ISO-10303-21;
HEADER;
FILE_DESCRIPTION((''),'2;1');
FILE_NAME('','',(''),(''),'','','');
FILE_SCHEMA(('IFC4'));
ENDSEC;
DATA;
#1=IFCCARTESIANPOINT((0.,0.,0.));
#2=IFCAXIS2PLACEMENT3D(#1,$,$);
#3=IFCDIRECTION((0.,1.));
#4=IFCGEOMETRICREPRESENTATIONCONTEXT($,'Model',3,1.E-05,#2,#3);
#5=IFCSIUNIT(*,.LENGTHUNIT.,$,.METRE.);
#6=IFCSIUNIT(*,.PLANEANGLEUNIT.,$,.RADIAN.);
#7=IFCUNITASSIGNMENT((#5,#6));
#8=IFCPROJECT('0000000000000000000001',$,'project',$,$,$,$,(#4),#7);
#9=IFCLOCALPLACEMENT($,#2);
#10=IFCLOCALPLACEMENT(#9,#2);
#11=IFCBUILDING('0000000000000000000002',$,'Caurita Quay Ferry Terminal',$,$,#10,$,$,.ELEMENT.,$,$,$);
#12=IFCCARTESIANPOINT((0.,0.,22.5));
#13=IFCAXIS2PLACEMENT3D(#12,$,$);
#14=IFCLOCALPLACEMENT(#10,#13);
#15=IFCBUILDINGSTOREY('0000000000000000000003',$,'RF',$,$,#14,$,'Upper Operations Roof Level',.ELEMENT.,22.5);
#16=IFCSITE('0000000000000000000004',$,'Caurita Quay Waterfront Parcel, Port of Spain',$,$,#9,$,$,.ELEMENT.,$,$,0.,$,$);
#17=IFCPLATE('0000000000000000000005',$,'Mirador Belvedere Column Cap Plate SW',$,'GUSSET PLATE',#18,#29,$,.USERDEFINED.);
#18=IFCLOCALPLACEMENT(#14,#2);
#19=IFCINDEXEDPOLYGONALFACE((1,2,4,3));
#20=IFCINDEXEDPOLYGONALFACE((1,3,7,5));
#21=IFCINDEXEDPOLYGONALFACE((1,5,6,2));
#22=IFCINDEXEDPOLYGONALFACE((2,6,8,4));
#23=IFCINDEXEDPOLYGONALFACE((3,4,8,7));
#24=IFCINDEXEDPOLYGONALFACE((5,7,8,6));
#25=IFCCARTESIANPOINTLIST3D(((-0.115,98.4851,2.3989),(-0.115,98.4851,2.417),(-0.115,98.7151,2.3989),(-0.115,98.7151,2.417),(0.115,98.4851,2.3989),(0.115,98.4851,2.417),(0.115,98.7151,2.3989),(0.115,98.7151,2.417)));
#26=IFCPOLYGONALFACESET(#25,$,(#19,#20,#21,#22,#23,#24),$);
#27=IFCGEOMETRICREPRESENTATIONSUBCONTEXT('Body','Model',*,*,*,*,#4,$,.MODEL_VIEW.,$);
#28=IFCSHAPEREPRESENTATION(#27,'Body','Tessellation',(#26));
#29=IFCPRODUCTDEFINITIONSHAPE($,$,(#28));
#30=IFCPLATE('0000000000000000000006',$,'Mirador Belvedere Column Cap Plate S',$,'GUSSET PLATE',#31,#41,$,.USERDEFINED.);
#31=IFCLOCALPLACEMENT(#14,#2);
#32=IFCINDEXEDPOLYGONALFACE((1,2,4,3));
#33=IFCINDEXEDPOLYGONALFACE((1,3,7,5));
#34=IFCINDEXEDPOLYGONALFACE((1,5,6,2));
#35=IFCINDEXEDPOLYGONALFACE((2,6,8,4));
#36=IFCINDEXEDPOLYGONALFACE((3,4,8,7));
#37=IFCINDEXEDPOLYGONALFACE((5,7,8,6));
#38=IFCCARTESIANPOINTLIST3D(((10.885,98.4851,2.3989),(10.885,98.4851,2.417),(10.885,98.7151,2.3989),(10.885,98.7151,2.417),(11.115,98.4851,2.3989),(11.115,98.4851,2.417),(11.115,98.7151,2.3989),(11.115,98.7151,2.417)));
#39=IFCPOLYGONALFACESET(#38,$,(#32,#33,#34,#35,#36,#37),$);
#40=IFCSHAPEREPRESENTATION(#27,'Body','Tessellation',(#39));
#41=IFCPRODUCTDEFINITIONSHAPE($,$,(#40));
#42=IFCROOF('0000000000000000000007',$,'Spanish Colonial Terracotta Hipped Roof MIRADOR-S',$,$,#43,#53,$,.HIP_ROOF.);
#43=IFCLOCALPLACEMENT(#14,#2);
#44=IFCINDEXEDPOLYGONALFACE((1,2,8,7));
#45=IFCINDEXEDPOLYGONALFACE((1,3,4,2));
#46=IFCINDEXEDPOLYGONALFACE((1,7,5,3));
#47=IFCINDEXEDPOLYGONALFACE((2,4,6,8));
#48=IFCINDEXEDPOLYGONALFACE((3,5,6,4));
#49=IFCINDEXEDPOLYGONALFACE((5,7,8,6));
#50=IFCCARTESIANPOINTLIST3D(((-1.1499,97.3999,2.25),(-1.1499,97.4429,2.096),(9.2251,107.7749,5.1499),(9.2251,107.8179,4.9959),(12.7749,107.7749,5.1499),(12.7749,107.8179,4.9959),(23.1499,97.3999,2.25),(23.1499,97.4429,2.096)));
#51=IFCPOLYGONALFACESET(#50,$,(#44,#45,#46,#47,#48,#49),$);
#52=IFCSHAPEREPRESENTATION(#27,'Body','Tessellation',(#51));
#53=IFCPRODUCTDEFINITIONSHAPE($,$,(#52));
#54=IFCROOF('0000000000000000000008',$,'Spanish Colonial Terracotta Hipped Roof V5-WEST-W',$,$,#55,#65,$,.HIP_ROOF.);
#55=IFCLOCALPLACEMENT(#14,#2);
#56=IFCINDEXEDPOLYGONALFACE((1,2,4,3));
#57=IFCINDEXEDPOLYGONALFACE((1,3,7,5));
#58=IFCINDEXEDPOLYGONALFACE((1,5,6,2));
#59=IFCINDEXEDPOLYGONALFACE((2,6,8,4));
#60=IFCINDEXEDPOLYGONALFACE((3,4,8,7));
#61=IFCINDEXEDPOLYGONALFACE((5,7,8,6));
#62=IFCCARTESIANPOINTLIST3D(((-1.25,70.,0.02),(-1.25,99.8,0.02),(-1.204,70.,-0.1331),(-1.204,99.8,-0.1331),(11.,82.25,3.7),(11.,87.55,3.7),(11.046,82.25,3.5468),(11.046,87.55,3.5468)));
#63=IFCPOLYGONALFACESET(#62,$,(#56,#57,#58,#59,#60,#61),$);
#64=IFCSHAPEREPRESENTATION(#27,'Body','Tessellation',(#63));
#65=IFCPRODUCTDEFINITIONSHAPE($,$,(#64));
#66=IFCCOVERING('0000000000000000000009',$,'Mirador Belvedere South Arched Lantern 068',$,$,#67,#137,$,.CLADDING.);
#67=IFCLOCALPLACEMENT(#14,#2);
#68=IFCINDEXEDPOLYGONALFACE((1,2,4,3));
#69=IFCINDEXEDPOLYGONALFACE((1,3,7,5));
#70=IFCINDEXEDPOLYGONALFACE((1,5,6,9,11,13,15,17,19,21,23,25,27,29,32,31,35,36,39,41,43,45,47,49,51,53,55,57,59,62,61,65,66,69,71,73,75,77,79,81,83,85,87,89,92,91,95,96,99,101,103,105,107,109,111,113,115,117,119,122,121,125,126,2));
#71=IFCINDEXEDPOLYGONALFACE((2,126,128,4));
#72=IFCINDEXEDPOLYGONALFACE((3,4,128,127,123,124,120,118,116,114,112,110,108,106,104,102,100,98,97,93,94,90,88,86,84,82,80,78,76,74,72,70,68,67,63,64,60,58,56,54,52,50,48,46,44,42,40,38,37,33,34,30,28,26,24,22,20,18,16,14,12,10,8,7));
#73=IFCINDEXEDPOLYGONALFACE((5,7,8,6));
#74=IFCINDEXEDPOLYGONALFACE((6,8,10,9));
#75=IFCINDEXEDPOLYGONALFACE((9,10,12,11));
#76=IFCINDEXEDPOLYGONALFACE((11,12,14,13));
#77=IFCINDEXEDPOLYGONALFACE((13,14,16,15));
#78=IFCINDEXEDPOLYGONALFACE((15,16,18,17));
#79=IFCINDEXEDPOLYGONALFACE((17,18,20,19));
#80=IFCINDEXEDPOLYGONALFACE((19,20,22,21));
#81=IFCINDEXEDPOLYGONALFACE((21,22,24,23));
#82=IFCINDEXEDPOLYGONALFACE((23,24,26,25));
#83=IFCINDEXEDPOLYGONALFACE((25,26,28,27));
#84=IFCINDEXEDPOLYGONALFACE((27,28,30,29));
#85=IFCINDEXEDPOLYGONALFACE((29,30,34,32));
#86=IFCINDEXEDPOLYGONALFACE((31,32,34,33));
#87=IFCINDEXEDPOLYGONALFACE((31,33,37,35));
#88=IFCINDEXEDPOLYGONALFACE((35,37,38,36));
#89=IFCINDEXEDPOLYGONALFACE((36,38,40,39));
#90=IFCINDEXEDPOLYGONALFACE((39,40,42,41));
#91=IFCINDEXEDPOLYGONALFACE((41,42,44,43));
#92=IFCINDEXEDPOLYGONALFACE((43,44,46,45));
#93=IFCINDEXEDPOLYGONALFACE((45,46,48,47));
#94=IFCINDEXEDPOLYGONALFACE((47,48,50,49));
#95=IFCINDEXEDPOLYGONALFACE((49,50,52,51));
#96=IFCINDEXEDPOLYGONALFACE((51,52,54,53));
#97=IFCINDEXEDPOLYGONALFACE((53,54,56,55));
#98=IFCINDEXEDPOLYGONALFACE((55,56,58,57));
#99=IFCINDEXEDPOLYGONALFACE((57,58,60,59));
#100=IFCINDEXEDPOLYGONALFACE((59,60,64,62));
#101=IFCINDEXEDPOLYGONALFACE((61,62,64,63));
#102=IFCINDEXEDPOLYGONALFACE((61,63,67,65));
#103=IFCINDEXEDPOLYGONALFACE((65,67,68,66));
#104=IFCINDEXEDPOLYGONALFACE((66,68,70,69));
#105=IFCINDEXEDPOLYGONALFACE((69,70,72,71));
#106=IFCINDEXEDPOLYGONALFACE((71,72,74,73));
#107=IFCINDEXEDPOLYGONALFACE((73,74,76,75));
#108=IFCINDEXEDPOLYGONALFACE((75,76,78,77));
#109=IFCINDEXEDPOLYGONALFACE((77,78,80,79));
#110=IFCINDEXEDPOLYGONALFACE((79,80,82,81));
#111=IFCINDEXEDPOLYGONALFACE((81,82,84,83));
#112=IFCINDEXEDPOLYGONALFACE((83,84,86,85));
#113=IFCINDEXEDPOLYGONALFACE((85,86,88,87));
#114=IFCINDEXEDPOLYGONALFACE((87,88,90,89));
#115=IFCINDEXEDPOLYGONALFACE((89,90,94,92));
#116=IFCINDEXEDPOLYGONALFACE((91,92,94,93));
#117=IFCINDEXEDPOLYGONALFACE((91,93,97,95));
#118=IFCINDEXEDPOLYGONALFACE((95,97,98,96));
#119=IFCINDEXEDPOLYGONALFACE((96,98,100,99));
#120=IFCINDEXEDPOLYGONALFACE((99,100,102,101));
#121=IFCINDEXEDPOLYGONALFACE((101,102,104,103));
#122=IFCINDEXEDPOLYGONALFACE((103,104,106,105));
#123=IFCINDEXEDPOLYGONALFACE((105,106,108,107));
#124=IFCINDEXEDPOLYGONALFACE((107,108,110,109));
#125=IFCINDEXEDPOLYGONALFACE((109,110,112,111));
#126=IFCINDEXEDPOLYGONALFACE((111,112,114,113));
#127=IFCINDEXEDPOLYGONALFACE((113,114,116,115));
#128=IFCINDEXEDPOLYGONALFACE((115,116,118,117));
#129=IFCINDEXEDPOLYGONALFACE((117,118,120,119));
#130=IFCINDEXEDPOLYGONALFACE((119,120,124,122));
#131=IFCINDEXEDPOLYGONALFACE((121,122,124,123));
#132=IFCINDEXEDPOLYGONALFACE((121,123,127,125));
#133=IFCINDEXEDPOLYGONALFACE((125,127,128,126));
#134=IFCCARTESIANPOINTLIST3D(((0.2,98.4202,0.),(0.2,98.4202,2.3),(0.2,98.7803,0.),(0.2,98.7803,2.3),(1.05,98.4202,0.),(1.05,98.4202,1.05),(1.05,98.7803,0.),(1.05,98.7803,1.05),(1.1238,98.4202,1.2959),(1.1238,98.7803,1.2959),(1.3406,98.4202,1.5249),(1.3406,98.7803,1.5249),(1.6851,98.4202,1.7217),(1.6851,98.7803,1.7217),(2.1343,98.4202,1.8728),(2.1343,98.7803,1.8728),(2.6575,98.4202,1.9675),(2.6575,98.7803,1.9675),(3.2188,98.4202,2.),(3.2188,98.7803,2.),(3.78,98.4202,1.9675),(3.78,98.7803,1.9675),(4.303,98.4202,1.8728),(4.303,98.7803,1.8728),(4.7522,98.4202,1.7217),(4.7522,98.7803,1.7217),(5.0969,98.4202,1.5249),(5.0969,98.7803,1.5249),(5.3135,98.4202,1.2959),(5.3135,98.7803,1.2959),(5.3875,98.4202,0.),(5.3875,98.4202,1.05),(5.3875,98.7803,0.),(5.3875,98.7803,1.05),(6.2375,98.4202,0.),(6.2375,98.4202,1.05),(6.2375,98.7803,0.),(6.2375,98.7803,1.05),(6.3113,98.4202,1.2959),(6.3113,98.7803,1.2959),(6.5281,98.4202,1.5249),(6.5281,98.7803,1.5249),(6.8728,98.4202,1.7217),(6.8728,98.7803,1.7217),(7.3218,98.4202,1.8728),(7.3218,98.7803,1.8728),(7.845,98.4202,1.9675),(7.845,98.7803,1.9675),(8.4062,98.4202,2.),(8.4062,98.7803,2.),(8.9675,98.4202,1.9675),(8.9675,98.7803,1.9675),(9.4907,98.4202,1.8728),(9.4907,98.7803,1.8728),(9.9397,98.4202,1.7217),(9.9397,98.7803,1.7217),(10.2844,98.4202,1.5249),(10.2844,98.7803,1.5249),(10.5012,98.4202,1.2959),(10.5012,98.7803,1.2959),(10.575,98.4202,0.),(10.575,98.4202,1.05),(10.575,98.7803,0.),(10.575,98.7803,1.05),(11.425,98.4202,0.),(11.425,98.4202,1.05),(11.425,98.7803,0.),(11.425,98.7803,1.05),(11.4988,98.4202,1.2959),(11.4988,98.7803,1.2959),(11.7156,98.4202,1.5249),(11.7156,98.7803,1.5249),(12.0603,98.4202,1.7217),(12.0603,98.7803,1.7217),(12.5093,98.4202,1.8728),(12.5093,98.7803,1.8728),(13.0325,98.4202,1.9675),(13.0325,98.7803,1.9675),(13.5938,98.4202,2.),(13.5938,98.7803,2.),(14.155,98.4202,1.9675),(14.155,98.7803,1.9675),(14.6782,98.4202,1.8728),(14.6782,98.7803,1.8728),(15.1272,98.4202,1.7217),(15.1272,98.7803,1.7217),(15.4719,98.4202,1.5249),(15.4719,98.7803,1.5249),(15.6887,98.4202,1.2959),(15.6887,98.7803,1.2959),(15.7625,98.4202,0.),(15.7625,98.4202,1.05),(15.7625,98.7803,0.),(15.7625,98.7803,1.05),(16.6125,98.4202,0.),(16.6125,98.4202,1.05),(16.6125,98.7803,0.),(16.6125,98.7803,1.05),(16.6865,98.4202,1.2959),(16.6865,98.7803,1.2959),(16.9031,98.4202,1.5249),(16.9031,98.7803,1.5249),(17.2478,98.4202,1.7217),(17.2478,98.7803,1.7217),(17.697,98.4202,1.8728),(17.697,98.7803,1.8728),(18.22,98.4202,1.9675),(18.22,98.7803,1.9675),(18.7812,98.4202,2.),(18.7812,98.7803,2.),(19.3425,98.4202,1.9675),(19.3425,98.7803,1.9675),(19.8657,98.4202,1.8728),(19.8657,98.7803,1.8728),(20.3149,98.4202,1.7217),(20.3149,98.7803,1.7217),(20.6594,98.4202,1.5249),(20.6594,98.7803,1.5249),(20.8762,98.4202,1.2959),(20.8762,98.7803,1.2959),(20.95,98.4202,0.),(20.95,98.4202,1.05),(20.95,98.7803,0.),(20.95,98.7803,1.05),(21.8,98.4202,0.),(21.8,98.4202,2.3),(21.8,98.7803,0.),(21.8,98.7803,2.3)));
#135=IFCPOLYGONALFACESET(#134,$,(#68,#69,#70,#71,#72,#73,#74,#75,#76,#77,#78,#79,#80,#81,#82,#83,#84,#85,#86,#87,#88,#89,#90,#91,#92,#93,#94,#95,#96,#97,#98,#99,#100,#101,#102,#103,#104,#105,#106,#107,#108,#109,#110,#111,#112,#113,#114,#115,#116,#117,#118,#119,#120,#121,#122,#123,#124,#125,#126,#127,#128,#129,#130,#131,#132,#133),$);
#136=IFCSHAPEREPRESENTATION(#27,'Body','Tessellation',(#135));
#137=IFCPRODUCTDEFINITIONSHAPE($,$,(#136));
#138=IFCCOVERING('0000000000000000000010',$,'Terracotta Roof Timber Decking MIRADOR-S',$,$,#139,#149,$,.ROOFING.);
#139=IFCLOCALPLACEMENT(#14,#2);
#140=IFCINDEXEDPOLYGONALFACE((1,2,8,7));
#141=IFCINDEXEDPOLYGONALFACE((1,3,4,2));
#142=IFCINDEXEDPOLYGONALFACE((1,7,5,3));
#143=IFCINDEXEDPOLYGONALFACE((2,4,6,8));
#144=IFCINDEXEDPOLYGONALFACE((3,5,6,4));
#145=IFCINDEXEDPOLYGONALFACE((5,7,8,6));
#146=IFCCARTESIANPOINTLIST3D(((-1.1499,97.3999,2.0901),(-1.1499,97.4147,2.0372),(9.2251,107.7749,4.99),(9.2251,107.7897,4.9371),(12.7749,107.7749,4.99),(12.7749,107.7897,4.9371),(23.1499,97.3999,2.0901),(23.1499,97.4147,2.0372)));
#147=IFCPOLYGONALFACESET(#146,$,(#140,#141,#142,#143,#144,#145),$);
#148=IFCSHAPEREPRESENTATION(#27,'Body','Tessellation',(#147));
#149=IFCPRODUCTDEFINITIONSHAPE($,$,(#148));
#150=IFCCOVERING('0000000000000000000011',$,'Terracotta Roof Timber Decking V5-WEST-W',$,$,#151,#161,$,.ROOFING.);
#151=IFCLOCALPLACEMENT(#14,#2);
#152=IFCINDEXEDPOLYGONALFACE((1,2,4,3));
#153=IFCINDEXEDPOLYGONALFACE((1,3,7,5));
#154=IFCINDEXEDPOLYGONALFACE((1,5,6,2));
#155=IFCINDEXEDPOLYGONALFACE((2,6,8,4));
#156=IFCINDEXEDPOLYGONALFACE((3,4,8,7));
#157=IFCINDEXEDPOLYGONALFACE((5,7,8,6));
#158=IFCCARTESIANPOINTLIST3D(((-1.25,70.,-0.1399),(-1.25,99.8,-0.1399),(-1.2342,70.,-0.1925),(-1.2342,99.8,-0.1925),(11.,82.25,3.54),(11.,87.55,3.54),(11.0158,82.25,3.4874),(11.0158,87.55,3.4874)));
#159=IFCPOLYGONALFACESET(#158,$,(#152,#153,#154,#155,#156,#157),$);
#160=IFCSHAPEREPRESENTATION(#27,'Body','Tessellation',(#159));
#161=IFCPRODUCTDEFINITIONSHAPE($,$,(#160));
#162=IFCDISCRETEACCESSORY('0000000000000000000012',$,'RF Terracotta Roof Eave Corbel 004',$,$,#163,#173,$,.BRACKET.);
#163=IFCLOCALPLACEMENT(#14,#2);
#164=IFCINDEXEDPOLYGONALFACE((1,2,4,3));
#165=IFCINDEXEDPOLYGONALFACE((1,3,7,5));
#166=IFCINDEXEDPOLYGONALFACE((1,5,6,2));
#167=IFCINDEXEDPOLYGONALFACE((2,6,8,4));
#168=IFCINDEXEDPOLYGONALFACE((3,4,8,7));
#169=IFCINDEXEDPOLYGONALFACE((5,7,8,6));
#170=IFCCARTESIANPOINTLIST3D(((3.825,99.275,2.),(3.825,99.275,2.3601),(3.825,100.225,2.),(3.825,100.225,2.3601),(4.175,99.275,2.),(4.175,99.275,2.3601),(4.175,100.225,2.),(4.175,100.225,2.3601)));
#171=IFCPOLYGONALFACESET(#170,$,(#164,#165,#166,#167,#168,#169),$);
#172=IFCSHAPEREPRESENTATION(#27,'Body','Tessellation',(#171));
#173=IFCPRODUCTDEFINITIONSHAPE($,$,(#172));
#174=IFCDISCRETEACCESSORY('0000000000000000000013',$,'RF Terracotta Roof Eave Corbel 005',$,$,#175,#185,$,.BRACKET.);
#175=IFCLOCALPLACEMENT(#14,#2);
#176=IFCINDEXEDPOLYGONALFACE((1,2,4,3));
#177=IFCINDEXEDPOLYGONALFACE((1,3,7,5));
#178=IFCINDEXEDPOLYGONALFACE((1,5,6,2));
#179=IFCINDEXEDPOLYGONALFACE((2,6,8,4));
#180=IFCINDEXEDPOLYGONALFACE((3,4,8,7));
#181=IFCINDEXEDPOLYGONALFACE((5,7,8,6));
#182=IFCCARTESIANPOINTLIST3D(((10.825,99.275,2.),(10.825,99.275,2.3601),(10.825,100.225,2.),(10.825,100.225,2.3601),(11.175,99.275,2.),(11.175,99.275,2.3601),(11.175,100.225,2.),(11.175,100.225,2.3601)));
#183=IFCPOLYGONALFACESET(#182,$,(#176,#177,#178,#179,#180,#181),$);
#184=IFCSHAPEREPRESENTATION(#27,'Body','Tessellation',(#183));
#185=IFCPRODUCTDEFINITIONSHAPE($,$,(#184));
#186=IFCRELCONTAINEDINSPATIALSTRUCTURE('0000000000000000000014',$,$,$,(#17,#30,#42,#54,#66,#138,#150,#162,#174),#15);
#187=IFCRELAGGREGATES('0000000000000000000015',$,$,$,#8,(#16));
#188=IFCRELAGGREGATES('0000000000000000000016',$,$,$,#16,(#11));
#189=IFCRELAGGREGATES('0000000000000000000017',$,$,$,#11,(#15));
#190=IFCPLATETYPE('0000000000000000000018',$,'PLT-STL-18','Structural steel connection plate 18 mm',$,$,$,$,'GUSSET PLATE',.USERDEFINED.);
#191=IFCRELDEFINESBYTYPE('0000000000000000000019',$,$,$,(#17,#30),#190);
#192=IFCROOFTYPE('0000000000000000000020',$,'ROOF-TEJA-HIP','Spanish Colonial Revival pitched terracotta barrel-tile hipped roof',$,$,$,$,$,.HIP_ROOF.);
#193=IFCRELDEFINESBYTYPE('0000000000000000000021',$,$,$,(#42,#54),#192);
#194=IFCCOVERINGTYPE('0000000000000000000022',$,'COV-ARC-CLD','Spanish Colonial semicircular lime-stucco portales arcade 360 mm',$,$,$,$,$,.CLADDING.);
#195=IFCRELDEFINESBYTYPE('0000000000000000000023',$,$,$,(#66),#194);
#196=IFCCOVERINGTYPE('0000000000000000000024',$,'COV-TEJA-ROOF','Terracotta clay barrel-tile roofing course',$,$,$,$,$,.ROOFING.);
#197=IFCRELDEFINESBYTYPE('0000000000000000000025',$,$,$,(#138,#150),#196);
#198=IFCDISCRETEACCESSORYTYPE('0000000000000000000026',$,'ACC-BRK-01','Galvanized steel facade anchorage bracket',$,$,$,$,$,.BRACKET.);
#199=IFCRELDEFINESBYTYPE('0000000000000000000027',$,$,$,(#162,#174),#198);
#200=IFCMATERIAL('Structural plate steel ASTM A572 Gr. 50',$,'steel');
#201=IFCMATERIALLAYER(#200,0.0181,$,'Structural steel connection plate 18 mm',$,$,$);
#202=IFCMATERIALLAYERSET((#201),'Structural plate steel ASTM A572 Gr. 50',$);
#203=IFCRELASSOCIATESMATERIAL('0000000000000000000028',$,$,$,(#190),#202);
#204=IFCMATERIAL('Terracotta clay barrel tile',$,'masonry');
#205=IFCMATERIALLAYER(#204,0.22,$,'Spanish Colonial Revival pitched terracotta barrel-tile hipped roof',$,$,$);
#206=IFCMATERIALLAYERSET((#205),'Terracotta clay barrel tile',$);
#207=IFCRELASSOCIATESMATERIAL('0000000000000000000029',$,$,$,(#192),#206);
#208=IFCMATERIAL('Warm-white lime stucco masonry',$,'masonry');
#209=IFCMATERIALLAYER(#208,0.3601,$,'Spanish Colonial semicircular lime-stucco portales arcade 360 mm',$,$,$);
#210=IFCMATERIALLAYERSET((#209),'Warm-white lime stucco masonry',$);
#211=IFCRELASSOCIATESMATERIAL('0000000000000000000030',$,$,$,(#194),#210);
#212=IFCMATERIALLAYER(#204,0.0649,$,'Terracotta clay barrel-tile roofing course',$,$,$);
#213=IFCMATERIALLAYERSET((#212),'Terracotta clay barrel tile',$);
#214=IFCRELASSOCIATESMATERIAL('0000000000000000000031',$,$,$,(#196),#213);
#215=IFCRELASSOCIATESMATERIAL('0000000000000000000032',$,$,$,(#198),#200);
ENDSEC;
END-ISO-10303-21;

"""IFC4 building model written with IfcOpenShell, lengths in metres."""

from ifc_helpers import new_model, si_unit, direction, frame, origin, origin_2d, place, context, subcontext, project, spatial, polyline, rectangle, outline, extrude, material, layer, layer_set, type_object, element, save


model = new_model("IFC4")

# Units and contexts
model_context = context("Model", 3, precision=1e-05, world=origin(), true_north=direction((0.0, 1.0)))
body_context = subcontext(model_context, "Body", "Model", "MODEL_VIEW")
ifc_project = project(units=[si_unit("LENGTHUNIT", "METRE"), si_unit("PLANEANGLEUNIT", "RADIAN")], contexts=[model_context])

# Site, building, storey
site_placement = place(None, origin())
site = spatial("IfcSite", under=ifc_project, at=site_placement, Name="Caurita Quay Waterfront Parcel, Port of Spain", CompositionType="ELEMENT", RefElevation=0.0)
building_placement = place(site_placement, origin())
building = spatial("IfcBuilding", under=site, at=building_placement, Name="Caurita Quay Ferry Terminal", CompositionType="ELEMENT")
storey_placement = place(building_placement, frame((0.0, 0.0, 22.5)))
storey = spatial("IfcBuildingStorey", under=building, at=storey_placement, Name="RF", LongName="Upper Operations Roof Level", CompositionType="ELEMENT", Elevation=22.5)

# Plates
ifc_material_1 = material(Name="Structural plate steel ASTM A572 Gr. 50", Category="steel")
ifc_layer_1 = layer(ifc_material_1, 0.0181, Name="Structural steel connection plate 18 mm")
ifc_layer_set_1 = layer_set([ifc_layer_1], Name="Structural plate steel ASTM A572 Gr. 50")
plate_type = type_object("IfcPlateType", Name="PLT-STL-18", Description="Structural steel connection plate 18 mm", ElementType="GUSSET PLATE", PredefinedType="USERDEFINED", material=ifc_layer_set_1)
for number, where, z_axis, x_axis, name in (
    (1, (0.0, 98.6001, 2.3989), (0.0, 0.0, 1.0), (1.0, 0.0, 0.0), "Mirador Belvedere Column Cap Plate SW"),
    (2, (11.0, 98.6001, 2.3989), (0.0, 0.0, 1.0), (1.0, 0.0, 0.0), "Mirador Belvedere Column Cap Plate S"),
):
    element("IfcPlate", number, at=place(storey_placement, frame(where, z_axis=z_axis, x_axis=x_axis)), inside=storey, type_object=plate_type, Name=name, ObjectType="GUSSET PLATE", PredefinedType="USERDEFINED", context=body_context, shape_type="SweptSolid", body=[
        extrude(rectangle(XDim=0.23, YDim=0.23, at=origin_2d()), origin(), (0.0, 0.0, 1.0), 0.0181),
    ])

# Roofs
ifc_material_2 = material(Name="Terracotta clay barrel tile", Category="masonry")
ifc_layer_2 = layer(ifc_material_2, 0.22, Name="Spanish Colonial Revival pitched terracotta barrel-tile hipped roof")
ifc_layer_set_2 = layer_set([ifc_layer_2], Name="Terracotta clay barrel tile")
roof_type = type_object("IfcRoofType", Name="ROOF-TEJA-HIP", Description="Spanish Colonial Revival pitched terracotta barrel-tile hipped roof", PredefinedType="HIP_ROOF", material=ifc_layer_set_2)
roof_1_placement = place(storey_placement, frame((-1.1499, 97.3999, 2.25), z_axis=(0.0, -0.269191, 0.963087), x_axis=(1.0, 0.0, 0.0)))
element("IfcRoof", 3, at=roof_1_placement, inside=storey, type_object=roof_type, Name="Spanish Colonial Terracotta Hipped Roof MIRADOR-S", PredefinedType="HIP_ROOF", context=body_context, shape_type="SweptSolid", body=[
    extrude(outline(polyline([(0.0, 0.0), (24.2998, 0.0), (13.9248, 10.7727), (10.375, 10.7727), (0.0, 0.0)])), origin(), (0.0, 0.0, -1.0), 0.1599),
])
roof_2_placement = place(storey_placement, frame((-1.25, 99.8, 0.02), z_axis=(-0.287702, 0.0, 0.95772), x_axis=(0.0, -1.0, 0.0)))
element("IfcRoof", 4, at=roof_2_placement, inside=storey, type_object=roof_type, Name="Spanish Colonial Terracotta Hipped Roof V5-WEST-W", PredefinedType="HIP_ROOF", context=body_context, shape_type="SweptSolid", body=[
    extrude(outline(polyline([(0.0, 0.0), (29.8, 0.0), (17.55, 12.7908), (12.25, 12.7908), (0.0, 0.0)])), origin(), (0.0, 0.0, -1.0), 0.1599),
])

# Coverings
ifc_material_3 = material(Name="Warm-white lime stucco masonry", Category="masonry")
ifc_layer_3 = layer(ifc_material_3, 0.3601, Name="Spanish Colonial semicircular lime-stucco portales arcade 360 mm")
ifc_layer_set_3 = layer_set([ifc_layer_3], Name="Warm-white lime stucco masonry")
covering_type_1 = type_object("IfcCoveringType", Name="COV-ARC-CLD", Description="Spanish Colonial semicircular lime-stucco portales arcade 360 mm", PredefinedType="CLADDING", material=ifc_layer_set_3)
covering_1_placement = place(storey_placement, frame((0.2, 98.6001, 0.0), z_axis=(0.0, 0.0, 1.0), x_axis=(1.0, 0.0, 0.0)))
element("IfcCovering", 5, at=covering_1_placement, inside=storey, type_object=covering_type_1, Name="Mirador Belvedere South Arched Lantern 068", PredefinedType="CLADDING", context=body_context, shape_type="SweptSolid", body=[
    extrude(outline(polyline([(0.0, 0.0), (0.8501, 0.0), (0.8501, 1.05), (0.9238, 1.2959), (1.1406, 1.5249), (1.4851, 1.7217), (1.9343, 1.8728), (2.4575, 1.9675), (3.0188, 2.0), (3.5801, 1.9675), (4.103, 1.8728), (4.5522, 1.7217), (4.897, 1.5249), (5.1135, 1.2959), (5.1875, 1.05), (5.1875, 0.0), (6.0376, 0.0), (6.0376, 1.05), (6.1113, 1.2959), (6.3281, 1.5249), (6.6729, 1.7217), (7.1218, 1.8728), (7.645, 1.9675), (8.2063, 2.0), (8.7676, 1.9675), (9.2908, 1.8728), (9.7397, 1.7217), (10.0845, 1.5249), (10.3013, 1.2959), (10.375, 1.05), (10.375, 0.0), (11.2251, 0.0), (11.2251, 1.05), (11.2988, 1.2959), (11.5156, 1.5249), (11.8604, 1.7217), (12.3093, 1.8728), (12.8325, 1.9675), (13.3938, 2.0), (13.9551, 1.9675), (14.4783, 1.8728), (14.9272, 1.7217), (15.272, 1.5249), (15.4888, 1.2959), (15.5625, 1.05), (15.5625, 0.0), (16.4126, 0.0), (16.4126, 1.05), (16.4866, 1.2959), (16.7031, 1.5249), (17.0479, 1.7217), (17.4971, 1.8728), (18.02, 1.9675), (18.5813, 2.0), (19.1426, 1.9675), (19.6658, 1.8728), (20.115, 1.7217), (20.4595, 1.5249), (20.6763, 1.2959), (20.75, 1.05), (20.75, 0.0), (21.6001, 0.0), (21.6001, 2.3), (0.0, 2.3), (0.0, 0.0)])), frame((0.0, 0.1802, 0.0), z_axis=(0.0, -1.0, 0.0), x_axis=(1.0, 0.0, 0.0)), (0.0, 0.0, 1.0), 0.3601),
])
ifc_layer_4 = layer(ifc_material_2, 0.0649, Name="Terracotta clay barrel-tile roofing course")
ifc_layer_set_4 = layer_set([ifc_layer_4], Name="Terracotta clay barrel tile")
covering_type_2 = type_object("IfcCoveringType", Name="COV-TEJA-ROOF", Description="Terracotta clay barrel-tile roofing course", PredefinedType="ROOFING", material=ifc_layer_set_4)
covering_2_placement = place(storey_placement, frame((-1.1499, 97.3999, 2.0901), z_axis=(0.0, -0.269191, 0.963087), x_axis=(1.0, 0.0, 0.0)))
element("IfcCovering", 6, at=covering_2_placement, inside=storey, type_object=covering_type_2, Name="Terracotta Roof Timber Decking MIRADOR-S", PredefinedType="ROOFING", context=body_context, shape_type="SweptSolid", body=[
    extrude(outline(polyline([(0.0, 0.0), (24.2998, 0.0), (13.9248, 10.7727), (10.375, 10.7727), (0.0, 0.0)])), origin(), (0.0, 0.0, -1.0), 0.0549),
])
covering_3_placement = place(storey_placement, frame((-1.25, 99.8, -0.1399), z_axis=(-0.287702, 0.0, 0.95772), x_axis=(0.0, -1.0, 0.0)))
element("IfcCovering", 7, at=covering_3_placement, inside=storey, type_object=covering_type_2, Name="Terracotta Roof Timber Decking V5-WEST-W", PredefinedType="ROOFING", context=body_context, shape_type="SweptSolid", body=[
    extrude(outline(polyline([(0.0, 0.0), (29.8, 0.0), (17.55, 12.7908), (12.25, 12.7908), (0.0, 0.0)])), origin(), (0.0, 0.0, -1.0), 0.0549),
])

# Discrete accessories
discrete_accessory_type = type_object("IfcDiscreteAccessoryType", Name="ACC-BRK-01", Description="Galvanized steel facade anchorage bracket", PredefinedType="BRACKET", material=ifc_material_1)
for number, where, z_axis, x_axis, name in (
    (8, (4.0, 99.75, 2.0), (0.0, 0.0, 1.0), (1.0, 0.0, 0.0), "RF Terracotta Roof Eave Corbel 004"),
    (9, (11.0, 99.75, 2.0), (0.0, 0.0, 1.0), (1.0, 0.0, 0.0), "RF Terracotta Roof Eave Corbel 005"),
):
    element("IfcDiscreteAccessory", number, at=place(storey_placement, frame(where, z_axis=z_axis, x_axis=x_axis)), inside=storey, type_object=discrete_accessory_type, Name=name, PredefinedType="BRACKET", context=body_context, shape_type="SweptSolid", body=[
        extrude(rectangle(XDim=0.3501, YDim=0.95, at=origin_2d()), origin(), (0.0, 0.0, 1.0), 0.3601),
    ])

save(model, "model.ifc")
